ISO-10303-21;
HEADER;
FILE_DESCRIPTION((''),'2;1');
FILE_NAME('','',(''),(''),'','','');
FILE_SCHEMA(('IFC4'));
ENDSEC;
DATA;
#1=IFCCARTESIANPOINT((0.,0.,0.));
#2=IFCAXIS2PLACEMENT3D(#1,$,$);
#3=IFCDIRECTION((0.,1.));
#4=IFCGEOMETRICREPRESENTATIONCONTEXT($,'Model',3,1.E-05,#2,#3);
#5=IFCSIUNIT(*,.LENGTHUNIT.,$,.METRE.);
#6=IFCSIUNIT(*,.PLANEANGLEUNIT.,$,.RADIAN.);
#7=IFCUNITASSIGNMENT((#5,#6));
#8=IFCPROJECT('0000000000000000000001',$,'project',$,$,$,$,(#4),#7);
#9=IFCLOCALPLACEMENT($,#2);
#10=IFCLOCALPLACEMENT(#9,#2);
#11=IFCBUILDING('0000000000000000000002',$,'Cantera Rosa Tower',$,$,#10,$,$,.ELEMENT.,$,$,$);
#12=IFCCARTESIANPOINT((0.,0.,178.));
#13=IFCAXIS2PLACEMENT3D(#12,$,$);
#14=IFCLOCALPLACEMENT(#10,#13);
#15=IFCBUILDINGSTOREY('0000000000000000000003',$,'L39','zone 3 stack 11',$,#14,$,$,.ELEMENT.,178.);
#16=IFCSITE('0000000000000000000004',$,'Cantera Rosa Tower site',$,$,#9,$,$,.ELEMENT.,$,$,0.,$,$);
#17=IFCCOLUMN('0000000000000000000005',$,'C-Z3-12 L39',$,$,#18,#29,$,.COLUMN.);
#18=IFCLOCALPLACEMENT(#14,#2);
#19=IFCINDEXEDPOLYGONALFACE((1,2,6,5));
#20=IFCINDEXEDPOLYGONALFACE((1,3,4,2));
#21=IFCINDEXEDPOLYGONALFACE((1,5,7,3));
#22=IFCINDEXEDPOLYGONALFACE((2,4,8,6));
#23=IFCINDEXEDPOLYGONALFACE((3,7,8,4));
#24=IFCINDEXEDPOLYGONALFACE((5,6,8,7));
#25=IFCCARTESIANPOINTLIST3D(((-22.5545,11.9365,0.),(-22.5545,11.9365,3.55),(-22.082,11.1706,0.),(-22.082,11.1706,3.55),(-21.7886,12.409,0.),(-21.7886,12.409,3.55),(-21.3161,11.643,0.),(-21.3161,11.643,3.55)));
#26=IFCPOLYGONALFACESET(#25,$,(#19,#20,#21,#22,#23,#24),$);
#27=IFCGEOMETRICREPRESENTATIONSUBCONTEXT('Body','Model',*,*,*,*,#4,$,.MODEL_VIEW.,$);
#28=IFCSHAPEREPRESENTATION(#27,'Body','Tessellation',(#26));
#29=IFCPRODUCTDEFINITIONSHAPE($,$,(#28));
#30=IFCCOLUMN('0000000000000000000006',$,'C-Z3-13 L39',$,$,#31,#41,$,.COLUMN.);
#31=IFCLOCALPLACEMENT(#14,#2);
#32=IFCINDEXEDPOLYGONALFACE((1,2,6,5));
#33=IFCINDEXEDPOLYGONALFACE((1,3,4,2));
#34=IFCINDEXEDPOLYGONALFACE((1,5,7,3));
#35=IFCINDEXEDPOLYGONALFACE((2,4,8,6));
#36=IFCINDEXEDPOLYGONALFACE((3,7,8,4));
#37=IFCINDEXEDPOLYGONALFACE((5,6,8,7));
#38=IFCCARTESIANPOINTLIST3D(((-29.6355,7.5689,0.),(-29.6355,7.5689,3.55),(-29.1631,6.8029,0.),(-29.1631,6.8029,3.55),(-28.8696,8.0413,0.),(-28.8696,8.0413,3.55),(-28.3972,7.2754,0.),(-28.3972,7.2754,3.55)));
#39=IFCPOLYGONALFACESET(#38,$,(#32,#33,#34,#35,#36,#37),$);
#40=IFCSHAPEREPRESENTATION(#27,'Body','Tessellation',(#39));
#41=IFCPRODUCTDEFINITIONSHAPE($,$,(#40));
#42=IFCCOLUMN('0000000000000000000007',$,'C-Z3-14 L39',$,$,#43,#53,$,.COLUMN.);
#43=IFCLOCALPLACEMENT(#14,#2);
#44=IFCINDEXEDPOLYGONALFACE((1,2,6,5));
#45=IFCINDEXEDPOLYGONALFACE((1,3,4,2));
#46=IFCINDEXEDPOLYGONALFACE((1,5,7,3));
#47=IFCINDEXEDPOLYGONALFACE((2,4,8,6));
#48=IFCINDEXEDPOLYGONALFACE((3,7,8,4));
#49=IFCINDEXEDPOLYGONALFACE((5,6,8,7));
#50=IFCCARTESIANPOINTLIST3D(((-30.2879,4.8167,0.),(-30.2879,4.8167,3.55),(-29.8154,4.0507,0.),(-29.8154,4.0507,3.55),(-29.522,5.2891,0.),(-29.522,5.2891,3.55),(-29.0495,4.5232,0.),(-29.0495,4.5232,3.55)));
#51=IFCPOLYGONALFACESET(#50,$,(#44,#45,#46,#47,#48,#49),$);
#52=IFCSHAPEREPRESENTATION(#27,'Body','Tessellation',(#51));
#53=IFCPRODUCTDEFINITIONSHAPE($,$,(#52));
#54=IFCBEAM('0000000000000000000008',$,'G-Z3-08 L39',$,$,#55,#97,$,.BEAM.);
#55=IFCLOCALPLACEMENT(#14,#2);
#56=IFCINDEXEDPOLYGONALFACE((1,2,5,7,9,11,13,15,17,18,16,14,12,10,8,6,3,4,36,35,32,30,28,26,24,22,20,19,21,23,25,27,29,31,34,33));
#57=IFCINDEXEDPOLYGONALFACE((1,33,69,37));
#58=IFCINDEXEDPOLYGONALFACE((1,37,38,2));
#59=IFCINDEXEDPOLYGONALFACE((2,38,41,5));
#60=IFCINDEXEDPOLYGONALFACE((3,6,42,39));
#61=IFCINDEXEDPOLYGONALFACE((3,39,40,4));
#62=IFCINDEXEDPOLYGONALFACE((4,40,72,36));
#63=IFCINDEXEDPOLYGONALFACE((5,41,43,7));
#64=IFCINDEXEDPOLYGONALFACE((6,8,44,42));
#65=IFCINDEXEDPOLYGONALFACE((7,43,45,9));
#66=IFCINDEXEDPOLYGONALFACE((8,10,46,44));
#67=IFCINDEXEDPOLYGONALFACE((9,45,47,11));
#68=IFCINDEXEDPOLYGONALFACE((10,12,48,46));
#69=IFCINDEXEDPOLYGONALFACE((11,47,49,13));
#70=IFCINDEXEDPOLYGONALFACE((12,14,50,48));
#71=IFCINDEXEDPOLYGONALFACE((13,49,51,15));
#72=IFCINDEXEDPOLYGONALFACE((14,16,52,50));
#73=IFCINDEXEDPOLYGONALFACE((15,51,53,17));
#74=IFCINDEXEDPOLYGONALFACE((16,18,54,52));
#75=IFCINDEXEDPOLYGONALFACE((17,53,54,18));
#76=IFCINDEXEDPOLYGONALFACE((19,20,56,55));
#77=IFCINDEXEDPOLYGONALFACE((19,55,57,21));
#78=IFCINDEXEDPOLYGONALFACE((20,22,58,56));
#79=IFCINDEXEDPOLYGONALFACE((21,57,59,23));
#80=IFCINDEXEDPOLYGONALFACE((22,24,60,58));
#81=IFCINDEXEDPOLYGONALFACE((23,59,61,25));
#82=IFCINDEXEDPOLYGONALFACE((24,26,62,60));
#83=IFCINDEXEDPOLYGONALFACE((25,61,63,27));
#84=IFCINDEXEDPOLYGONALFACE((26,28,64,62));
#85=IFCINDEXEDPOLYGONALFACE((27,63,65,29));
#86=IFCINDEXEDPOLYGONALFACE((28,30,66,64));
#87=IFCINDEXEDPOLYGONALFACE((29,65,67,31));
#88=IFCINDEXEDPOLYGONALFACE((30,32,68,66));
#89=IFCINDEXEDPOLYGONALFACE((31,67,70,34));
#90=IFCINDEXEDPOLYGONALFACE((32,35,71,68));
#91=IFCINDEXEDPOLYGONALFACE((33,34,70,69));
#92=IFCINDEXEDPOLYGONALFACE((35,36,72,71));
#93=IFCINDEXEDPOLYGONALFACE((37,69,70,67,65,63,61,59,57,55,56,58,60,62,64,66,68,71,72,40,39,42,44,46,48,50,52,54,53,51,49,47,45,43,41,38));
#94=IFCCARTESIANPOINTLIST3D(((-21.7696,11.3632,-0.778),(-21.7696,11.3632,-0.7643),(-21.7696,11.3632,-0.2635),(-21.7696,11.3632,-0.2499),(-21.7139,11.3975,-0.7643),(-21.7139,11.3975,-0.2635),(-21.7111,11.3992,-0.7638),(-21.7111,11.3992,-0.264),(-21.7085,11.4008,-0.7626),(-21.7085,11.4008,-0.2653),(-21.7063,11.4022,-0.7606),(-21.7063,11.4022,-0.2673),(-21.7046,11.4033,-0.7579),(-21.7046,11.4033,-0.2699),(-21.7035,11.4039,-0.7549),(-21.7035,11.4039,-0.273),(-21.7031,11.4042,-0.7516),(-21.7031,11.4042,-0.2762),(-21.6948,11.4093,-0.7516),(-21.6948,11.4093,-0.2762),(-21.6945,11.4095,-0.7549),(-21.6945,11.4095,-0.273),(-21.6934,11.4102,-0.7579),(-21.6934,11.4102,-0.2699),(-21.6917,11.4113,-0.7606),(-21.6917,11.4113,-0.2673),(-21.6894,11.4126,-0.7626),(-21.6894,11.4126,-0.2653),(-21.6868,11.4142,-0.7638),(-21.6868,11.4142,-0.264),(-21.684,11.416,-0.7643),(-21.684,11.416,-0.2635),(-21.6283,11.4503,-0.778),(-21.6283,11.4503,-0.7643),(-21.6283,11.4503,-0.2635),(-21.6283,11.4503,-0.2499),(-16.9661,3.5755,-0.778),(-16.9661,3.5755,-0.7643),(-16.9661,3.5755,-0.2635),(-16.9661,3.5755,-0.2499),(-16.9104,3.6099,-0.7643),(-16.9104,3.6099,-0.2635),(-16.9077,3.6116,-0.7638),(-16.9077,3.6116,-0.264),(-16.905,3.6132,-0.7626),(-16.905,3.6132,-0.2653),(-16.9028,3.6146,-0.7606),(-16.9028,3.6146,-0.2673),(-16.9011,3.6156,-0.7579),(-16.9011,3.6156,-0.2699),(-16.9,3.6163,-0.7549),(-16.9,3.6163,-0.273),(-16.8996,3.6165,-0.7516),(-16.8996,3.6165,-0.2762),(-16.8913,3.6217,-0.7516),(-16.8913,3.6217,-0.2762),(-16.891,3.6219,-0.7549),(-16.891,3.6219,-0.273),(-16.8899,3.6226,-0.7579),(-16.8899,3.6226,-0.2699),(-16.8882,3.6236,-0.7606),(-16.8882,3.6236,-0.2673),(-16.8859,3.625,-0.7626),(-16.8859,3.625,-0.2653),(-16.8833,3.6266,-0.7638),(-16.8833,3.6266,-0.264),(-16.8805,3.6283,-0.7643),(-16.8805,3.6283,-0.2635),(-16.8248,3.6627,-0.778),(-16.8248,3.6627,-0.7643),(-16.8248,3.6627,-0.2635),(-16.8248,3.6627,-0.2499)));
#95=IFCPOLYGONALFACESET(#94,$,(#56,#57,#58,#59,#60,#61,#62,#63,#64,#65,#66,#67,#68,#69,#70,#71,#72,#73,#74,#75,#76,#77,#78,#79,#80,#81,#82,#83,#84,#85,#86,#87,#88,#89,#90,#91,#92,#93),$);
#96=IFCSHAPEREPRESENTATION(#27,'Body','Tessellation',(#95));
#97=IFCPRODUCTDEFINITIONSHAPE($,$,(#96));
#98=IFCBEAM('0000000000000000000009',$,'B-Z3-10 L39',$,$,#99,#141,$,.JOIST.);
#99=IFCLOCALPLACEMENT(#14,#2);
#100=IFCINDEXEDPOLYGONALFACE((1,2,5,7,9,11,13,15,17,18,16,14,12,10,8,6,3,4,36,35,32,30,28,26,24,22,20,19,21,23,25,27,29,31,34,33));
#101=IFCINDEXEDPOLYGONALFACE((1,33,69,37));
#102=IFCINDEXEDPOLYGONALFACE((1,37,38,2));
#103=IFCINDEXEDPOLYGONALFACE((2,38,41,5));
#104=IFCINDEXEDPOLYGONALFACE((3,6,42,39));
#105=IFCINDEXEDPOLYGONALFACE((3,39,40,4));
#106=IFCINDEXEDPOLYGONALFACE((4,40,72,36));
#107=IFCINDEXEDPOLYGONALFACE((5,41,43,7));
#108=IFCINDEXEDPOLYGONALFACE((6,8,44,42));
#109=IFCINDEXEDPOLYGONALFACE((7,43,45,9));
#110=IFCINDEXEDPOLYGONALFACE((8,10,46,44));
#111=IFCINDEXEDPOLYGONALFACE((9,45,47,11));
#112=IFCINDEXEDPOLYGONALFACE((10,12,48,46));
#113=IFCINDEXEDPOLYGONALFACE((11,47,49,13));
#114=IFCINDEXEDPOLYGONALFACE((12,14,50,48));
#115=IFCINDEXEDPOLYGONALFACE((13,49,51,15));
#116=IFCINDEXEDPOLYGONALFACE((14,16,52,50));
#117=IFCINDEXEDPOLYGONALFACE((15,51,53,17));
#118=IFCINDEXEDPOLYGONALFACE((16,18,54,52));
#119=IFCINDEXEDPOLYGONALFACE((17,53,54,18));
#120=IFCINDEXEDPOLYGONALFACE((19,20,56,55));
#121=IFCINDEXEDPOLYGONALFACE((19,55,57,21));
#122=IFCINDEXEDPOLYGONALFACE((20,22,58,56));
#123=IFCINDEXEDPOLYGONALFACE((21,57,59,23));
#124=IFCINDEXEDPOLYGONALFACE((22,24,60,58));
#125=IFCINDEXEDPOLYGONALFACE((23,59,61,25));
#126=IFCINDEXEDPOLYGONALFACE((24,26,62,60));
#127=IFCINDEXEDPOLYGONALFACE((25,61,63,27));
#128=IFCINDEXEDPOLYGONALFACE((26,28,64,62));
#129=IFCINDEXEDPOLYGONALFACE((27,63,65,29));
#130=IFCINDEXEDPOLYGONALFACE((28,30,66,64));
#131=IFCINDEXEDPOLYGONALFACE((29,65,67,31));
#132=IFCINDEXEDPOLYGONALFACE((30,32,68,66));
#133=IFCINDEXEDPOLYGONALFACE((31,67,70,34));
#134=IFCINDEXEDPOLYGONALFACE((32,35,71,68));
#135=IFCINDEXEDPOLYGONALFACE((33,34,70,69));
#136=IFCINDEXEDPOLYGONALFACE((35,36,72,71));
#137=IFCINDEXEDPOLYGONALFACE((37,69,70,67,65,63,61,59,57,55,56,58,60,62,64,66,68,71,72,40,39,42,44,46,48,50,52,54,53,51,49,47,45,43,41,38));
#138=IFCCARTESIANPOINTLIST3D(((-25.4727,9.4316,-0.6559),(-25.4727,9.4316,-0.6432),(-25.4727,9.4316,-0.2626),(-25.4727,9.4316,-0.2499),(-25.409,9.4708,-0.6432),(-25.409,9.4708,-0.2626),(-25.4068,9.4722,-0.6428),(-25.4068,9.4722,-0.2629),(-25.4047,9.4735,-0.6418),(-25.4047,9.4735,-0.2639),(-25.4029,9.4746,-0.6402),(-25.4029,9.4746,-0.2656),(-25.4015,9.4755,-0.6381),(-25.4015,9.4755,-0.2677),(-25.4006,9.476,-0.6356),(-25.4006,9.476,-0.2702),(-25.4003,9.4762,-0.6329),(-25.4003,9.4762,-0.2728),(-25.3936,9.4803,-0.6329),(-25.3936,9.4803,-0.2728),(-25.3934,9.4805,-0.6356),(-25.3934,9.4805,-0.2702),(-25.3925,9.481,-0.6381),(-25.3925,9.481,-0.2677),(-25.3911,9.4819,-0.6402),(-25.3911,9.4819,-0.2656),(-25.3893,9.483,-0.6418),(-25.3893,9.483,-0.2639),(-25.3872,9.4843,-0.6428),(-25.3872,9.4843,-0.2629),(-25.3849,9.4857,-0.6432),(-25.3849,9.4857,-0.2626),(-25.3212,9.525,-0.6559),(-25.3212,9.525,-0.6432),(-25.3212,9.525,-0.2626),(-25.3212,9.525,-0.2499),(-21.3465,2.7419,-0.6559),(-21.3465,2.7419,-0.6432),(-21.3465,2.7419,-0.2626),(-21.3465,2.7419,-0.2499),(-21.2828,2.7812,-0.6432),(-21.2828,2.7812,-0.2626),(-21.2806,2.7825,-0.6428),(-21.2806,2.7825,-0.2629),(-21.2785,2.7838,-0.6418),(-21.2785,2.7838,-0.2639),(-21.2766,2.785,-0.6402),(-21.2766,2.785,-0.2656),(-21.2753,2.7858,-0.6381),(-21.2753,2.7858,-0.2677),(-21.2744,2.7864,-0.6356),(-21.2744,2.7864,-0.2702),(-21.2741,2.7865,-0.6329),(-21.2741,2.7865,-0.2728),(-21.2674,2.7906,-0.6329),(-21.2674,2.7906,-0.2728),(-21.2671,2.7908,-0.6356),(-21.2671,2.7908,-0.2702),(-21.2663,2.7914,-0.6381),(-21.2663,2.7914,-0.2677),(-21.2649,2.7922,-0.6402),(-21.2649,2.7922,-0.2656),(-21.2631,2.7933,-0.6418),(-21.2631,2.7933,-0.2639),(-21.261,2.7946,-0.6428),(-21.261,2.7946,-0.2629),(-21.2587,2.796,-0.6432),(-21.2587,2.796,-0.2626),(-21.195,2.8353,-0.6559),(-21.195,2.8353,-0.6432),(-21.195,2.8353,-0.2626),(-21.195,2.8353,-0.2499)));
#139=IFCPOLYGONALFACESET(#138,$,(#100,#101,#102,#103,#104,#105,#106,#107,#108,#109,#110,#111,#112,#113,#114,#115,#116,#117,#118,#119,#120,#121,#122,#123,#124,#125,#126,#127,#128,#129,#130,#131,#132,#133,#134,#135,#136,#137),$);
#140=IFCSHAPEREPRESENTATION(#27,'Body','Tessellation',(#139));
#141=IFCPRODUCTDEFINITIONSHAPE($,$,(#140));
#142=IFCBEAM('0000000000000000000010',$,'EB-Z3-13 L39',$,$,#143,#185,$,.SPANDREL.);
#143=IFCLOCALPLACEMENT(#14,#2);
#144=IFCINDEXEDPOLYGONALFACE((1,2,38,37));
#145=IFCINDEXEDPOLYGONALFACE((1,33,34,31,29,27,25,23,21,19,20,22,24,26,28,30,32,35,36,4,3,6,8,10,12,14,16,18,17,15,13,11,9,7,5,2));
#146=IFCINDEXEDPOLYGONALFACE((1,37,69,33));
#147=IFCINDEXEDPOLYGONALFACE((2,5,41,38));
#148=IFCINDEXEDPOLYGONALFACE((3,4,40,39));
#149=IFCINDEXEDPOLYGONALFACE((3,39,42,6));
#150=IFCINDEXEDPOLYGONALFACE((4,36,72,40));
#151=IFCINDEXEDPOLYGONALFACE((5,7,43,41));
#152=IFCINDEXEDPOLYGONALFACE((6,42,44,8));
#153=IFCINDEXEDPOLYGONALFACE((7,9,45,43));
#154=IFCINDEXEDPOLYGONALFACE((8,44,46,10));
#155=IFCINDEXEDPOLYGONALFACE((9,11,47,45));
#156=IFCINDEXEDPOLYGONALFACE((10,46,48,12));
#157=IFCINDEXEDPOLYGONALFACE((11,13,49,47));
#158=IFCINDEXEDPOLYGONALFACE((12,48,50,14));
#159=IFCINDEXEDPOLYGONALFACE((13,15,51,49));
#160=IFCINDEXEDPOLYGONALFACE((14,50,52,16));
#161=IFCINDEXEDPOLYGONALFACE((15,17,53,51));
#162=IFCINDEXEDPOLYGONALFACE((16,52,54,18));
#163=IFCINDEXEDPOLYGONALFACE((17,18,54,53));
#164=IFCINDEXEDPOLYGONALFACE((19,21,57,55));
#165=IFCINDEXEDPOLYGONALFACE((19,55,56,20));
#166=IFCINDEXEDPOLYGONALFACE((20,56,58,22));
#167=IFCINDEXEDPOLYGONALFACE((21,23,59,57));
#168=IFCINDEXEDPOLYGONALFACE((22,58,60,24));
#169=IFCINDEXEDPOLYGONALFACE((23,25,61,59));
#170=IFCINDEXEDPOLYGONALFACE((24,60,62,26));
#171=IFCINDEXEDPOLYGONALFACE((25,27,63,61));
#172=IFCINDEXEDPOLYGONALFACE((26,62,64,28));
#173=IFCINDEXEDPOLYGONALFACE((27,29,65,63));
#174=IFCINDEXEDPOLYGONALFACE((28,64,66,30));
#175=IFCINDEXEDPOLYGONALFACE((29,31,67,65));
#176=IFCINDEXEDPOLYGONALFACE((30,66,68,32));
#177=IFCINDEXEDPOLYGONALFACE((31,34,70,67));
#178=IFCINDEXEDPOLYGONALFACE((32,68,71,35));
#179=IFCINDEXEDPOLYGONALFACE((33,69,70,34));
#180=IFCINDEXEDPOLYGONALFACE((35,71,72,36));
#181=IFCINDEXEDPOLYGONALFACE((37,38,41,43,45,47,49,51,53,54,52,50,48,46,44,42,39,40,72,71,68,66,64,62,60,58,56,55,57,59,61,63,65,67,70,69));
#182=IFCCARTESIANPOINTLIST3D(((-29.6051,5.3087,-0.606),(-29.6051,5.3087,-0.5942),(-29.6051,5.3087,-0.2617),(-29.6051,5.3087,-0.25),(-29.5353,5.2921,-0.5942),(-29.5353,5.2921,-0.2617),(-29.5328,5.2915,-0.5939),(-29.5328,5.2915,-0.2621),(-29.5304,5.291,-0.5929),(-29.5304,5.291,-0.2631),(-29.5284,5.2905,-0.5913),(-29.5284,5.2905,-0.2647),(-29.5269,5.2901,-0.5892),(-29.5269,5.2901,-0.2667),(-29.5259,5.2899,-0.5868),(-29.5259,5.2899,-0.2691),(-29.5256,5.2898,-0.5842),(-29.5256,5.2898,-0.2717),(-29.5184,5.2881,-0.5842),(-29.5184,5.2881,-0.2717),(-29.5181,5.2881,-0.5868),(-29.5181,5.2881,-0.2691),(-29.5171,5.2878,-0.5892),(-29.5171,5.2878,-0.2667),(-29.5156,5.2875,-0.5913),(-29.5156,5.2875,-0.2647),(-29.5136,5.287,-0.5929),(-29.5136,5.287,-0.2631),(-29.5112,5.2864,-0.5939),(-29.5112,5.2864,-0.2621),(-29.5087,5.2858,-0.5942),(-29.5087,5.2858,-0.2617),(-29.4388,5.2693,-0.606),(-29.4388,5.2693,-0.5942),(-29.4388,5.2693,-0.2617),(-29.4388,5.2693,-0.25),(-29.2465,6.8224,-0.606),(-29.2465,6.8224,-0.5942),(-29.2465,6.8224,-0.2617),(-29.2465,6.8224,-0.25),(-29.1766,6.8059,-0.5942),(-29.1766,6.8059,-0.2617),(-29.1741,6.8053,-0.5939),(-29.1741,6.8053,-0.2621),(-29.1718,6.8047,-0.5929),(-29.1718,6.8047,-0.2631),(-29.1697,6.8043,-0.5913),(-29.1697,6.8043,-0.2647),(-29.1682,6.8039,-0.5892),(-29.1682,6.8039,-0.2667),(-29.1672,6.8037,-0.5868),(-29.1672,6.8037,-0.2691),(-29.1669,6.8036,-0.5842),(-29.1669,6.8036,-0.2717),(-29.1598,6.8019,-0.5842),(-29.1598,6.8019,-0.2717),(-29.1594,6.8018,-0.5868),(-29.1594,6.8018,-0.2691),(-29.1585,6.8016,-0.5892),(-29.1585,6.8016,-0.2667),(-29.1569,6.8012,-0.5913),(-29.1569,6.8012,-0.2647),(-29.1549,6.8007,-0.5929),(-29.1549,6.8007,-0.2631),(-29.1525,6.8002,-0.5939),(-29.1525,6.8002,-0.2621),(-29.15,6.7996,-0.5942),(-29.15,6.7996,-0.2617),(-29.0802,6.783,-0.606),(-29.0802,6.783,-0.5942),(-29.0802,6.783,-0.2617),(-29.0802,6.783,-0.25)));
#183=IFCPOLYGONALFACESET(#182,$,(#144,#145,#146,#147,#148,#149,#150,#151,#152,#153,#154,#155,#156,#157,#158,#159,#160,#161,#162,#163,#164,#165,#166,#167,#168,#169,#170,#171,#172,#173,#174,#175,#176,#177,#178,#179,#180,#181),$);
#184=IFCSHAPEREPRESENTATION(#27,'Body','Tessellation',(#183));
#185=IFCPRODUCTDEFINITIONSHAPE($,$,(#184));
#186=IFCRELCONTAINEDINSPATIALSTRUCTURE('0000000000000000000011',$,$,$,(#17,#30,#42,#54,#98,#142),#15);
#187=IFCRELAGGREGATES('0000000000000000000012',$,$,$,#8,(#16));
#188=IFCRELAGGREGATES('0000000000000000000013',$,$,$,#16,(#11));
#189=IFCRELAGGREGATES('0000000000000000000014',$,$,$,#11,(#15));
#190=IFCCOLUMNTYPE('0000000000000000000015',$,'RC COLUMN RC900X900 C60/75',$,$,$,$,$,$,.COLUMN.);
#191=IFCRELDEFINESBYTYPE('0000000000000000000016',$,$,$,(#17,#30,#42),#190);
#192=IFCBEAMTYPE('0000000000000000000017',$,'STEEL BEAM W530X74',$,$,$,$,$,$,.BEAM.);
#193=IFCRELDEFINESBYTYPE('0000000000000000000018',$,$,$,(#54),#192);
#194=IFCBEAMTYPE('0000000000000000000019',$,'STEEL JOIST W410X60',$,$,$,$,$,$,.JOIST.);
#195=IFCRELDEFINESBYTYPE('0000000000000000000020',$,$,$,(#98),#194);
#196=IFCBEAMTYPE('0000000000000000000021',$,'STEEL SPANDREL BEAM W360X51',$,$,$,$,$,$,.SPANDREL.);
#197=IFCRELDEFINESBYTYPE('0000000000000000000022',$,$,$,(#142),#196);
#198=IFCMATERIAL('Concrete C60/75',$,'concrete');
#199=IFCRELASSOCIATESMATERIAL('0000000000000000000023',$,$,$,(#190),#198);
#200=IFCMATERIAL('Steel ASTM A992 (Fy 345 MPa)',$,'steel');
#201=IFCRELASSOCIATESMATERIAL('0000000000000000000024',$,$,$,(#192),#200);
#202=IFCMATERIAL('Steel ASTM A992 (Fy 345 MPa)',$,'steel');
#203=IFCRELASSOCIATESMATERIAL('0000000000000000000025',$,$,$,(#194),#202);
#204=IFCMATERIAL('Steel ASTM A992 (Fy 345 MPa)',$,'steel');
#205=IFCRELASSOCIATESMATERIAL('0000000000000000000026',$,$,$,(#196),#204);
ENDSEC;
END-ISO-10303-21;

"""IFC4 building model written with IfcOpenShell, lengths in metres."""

from ifc_helpers import new_model, si_unit, direction, frame, origin, origin_2d, place, context, subcontext, project, spatial, rectangle, i_section, extrude, material, material_profile, profile_set, type_object, element, save


model = new_model("IFC4")

# Units and contexts
model_context = context("Model", 3, precision=1e-05, world=origin(), true_north=direction((0.0, 1.0)))
body_context = subcontext(model_context, "Body", "Model", "MODEL_VIEW")
ifc_project = project(units=[si_unit("LENGTHUNIT", "METRE"), si_unit("PLANEANGLEUNIT", "RADIAN")], contexts=[model_context])

# Site, building, storey
site_placement = place(None, origin())
site = spatial("IfcSite", under=ifc_project, at=site_placement, Name="Cantera Rosa Tower site", CompositionType="ELEMENT", RefElevation=0.0)
building_placement = place(site_placement, origin())
building = spatial("IfcBuilding", under=site, at=building_placement, Name="Cantera Rosa Tower", CompositionType="ELEMENT")
storey_placement = place(building_placement, frame((0.0, 0.0, 178.0)))
storey = spatial("IfcBuildingStorey", under=building, at=storey_placement, Name="L39", Description="zone 3 stack 11", CompositionType="ELEMENT", Elevation=178.0)

# Columns
ifc_material_1 = material(Name="Concrete C60/75", Category="concrete")
ifc_material_profile_1 = material_profile(ifc_material_1, rectangle(XDim=0.8999, YDim=0.8999, at=origin_2d()), Name="RC COLUMN RC900X900 C60/75")
ifc_profile_set_1 = profile_set([ifc_material_profile_1], Name="Concrete C60/75")
column_type = type_object("IfcColumnType", Name="RC COLUMN RC900X900 C60/75", PredefinedType="COLUMN", material=ifc_profile_set_1)
for number, where, z_axis, x_axis, name in (
    (1, (-21.9353, 11.7898, 0.0), (0.0, 0.0, 1.0), (0.851117, 0.524977, 0.0), "C-Z3-12 L39"),
    (2, (-29.0164, 7.4221, 0.0), (0.0, 0.0, 1.0), (0.851117, 0.524977, 0.0), "C-Z3-13 L39"),
    (3, (-29.6687, 4.6699, 0.0), (0.0, 0.0, 1.0), (0.851117, 0.524977, 0.0), "C-Z3-14 L39"),
):
    element("IfcColumn", number, at=place(storey_placement, frame(where, z_axis=z_axis, x_axis=x_axis)), inside=storey, type_object=column_type, Name=name, PredefinedType="COLUMN", context=body_context, shape_type="SweptSolid", body=[
        extrude(rectangle(XDim=0.8999, YDim=0.8999, at=origin_2d()), origin(), (0.0, 0.0, 1.0), 3.55),
    ])

# Beams
ifc_material_2 = material(Name="Steel ASTM A992 (Fy 345 MPa)", Category="steel")
ifc_material_profile_2 = material_profile(ifc_material_2, i_section(OverallWidth=0.166, OverallDepth=0.5281, WebThickness=0.0098, FlangeThickness=0.0137, FilletRadius=0.0127, at=origin_2d()), Name="W530X74")
ifc_profile_set_2 = profile_set([ifc_material_profile_2], Name="Steel ASTM A992 (Fy 345 MPa)")
beam_type_1 = type_object("IfcBeamType", Name="STEEL BEAM W530X74", PredefinedType="BEAM", material=ifc_profile_set_2)
beam_1_placement = place(storey_placement, frame((-21.699, 11.4067, -0.5139), z_axis=(0.524977, -0.851116, 0.0), x_axis=(0.851116, 0.524977, 0.0)))
element("IfcBeam", 4, at=beam_1_placement, inside=storey, type_object=beam_type_1, Name="G-Z3-08 L39", PredefinedType="BEAM", context=body_context, shape_type="SweptSolid", body=[
    extrude(i_section(OverallWidth=0.166, OverallDepth=0.5281, WebThickness=0.0098, FlangeThickness=0.0137, FilletRadius=0.0127, at=origin_2d()), origin(), (0.0, 0.0, 1.0), 9.1499),
])
ifc_material_3 = material(Name="Steel ASTM A992 (Fy 345 MPa)", Category="steel")
ifc_material_profile_3 = material_profile(ifc_material_3, i_section(OverallWidth=0.178, OverallDepth=0.406, WebThickness=0.0078, FlangeThickness=0.0127, FilletRadius=0.0103, at=origin_2d()), Name="W410X60")
ifc_profile_set_3 = profile_set([ifc_material_profile_3], Name="Steel ASTM A992 (Fy 345 MPa)")
beam_type_2 = type_object("IfcBeamType", Name="STEEL JOIST W410X60", PredefinedType="JOIST", material=ifc_profile_set_3)
beam_2_placement = place(storey_placement, frame((-25.397, 9.4783, -0.4529), z_axis=(0.524972, -0.851119, 0.0), x_axis=(0.851119, 0.524972, 0.0)))
element("IfcBeam", 5, at=beam_2_placement, inside=storey, type_object=beam_type_2, Name="B-Z3-10 L39", PredefinedType="JOIST", context=body_context, shape_type="SweptSolid", body=[
    extrude(i_section(OverallWidth=0.178, OverallDepth=0.406, WebThickness=0.0078, FlangeThickness=0.0127, FilletRadius=0.0103, at=origin_2d()), origin(), (0.0, 0.0, 1.0), 7.8599),
])
ifc_material_4 = material(Name="Steel ASTM A992 (Fy 345 MPa)", Category="steel")
ifc_material_profile_4 = material_profile(ifc_material_4, i_section(OverallWidth=0.1709, OverallDepth=0.356, WebThickness=0.0073, FlangeThickness=0.0117, FilletRadius=0.01, at=origin_2d()), Name="W360X51")
ifc_profile_set_4 = profile_set([ifc_material_profile_4], Name="Steel ASTM A992 (Fy 345 MPa)")
beam_type_3 = type_object("IfcBeamType", Name="STEEL SPANDREL BEAM W360X51", PredefinedType="SPANDREL", material=ifc_profile_set_4)
beam_3_placement = place(storey_placement, frame((-29.1633, 6.8027, -0.428), z_axis=(-0.230552, -0.97306, 0.0), x_axis=(0.97306, -0.230552, 0.0)))
element("IfcBeam", 6, at=beam_3_placement, inside=storey, type_object=beam_type_3, Name="EB-Z3-13 L39", PredefinedType="SPANDREL", context=body_context, shape_type="SweptSolid", body=[
    extrude(i_section(OverallWidth=0.1709, OverallDepth=0.356, WebThickness=0.0073, FlangeThickness=0.0117, FilletRadius=0.01, at=origin_2d()), origin(), (0.0, 0.0, 1.0), 1.5557),
])

save(model, "model.ifc")
